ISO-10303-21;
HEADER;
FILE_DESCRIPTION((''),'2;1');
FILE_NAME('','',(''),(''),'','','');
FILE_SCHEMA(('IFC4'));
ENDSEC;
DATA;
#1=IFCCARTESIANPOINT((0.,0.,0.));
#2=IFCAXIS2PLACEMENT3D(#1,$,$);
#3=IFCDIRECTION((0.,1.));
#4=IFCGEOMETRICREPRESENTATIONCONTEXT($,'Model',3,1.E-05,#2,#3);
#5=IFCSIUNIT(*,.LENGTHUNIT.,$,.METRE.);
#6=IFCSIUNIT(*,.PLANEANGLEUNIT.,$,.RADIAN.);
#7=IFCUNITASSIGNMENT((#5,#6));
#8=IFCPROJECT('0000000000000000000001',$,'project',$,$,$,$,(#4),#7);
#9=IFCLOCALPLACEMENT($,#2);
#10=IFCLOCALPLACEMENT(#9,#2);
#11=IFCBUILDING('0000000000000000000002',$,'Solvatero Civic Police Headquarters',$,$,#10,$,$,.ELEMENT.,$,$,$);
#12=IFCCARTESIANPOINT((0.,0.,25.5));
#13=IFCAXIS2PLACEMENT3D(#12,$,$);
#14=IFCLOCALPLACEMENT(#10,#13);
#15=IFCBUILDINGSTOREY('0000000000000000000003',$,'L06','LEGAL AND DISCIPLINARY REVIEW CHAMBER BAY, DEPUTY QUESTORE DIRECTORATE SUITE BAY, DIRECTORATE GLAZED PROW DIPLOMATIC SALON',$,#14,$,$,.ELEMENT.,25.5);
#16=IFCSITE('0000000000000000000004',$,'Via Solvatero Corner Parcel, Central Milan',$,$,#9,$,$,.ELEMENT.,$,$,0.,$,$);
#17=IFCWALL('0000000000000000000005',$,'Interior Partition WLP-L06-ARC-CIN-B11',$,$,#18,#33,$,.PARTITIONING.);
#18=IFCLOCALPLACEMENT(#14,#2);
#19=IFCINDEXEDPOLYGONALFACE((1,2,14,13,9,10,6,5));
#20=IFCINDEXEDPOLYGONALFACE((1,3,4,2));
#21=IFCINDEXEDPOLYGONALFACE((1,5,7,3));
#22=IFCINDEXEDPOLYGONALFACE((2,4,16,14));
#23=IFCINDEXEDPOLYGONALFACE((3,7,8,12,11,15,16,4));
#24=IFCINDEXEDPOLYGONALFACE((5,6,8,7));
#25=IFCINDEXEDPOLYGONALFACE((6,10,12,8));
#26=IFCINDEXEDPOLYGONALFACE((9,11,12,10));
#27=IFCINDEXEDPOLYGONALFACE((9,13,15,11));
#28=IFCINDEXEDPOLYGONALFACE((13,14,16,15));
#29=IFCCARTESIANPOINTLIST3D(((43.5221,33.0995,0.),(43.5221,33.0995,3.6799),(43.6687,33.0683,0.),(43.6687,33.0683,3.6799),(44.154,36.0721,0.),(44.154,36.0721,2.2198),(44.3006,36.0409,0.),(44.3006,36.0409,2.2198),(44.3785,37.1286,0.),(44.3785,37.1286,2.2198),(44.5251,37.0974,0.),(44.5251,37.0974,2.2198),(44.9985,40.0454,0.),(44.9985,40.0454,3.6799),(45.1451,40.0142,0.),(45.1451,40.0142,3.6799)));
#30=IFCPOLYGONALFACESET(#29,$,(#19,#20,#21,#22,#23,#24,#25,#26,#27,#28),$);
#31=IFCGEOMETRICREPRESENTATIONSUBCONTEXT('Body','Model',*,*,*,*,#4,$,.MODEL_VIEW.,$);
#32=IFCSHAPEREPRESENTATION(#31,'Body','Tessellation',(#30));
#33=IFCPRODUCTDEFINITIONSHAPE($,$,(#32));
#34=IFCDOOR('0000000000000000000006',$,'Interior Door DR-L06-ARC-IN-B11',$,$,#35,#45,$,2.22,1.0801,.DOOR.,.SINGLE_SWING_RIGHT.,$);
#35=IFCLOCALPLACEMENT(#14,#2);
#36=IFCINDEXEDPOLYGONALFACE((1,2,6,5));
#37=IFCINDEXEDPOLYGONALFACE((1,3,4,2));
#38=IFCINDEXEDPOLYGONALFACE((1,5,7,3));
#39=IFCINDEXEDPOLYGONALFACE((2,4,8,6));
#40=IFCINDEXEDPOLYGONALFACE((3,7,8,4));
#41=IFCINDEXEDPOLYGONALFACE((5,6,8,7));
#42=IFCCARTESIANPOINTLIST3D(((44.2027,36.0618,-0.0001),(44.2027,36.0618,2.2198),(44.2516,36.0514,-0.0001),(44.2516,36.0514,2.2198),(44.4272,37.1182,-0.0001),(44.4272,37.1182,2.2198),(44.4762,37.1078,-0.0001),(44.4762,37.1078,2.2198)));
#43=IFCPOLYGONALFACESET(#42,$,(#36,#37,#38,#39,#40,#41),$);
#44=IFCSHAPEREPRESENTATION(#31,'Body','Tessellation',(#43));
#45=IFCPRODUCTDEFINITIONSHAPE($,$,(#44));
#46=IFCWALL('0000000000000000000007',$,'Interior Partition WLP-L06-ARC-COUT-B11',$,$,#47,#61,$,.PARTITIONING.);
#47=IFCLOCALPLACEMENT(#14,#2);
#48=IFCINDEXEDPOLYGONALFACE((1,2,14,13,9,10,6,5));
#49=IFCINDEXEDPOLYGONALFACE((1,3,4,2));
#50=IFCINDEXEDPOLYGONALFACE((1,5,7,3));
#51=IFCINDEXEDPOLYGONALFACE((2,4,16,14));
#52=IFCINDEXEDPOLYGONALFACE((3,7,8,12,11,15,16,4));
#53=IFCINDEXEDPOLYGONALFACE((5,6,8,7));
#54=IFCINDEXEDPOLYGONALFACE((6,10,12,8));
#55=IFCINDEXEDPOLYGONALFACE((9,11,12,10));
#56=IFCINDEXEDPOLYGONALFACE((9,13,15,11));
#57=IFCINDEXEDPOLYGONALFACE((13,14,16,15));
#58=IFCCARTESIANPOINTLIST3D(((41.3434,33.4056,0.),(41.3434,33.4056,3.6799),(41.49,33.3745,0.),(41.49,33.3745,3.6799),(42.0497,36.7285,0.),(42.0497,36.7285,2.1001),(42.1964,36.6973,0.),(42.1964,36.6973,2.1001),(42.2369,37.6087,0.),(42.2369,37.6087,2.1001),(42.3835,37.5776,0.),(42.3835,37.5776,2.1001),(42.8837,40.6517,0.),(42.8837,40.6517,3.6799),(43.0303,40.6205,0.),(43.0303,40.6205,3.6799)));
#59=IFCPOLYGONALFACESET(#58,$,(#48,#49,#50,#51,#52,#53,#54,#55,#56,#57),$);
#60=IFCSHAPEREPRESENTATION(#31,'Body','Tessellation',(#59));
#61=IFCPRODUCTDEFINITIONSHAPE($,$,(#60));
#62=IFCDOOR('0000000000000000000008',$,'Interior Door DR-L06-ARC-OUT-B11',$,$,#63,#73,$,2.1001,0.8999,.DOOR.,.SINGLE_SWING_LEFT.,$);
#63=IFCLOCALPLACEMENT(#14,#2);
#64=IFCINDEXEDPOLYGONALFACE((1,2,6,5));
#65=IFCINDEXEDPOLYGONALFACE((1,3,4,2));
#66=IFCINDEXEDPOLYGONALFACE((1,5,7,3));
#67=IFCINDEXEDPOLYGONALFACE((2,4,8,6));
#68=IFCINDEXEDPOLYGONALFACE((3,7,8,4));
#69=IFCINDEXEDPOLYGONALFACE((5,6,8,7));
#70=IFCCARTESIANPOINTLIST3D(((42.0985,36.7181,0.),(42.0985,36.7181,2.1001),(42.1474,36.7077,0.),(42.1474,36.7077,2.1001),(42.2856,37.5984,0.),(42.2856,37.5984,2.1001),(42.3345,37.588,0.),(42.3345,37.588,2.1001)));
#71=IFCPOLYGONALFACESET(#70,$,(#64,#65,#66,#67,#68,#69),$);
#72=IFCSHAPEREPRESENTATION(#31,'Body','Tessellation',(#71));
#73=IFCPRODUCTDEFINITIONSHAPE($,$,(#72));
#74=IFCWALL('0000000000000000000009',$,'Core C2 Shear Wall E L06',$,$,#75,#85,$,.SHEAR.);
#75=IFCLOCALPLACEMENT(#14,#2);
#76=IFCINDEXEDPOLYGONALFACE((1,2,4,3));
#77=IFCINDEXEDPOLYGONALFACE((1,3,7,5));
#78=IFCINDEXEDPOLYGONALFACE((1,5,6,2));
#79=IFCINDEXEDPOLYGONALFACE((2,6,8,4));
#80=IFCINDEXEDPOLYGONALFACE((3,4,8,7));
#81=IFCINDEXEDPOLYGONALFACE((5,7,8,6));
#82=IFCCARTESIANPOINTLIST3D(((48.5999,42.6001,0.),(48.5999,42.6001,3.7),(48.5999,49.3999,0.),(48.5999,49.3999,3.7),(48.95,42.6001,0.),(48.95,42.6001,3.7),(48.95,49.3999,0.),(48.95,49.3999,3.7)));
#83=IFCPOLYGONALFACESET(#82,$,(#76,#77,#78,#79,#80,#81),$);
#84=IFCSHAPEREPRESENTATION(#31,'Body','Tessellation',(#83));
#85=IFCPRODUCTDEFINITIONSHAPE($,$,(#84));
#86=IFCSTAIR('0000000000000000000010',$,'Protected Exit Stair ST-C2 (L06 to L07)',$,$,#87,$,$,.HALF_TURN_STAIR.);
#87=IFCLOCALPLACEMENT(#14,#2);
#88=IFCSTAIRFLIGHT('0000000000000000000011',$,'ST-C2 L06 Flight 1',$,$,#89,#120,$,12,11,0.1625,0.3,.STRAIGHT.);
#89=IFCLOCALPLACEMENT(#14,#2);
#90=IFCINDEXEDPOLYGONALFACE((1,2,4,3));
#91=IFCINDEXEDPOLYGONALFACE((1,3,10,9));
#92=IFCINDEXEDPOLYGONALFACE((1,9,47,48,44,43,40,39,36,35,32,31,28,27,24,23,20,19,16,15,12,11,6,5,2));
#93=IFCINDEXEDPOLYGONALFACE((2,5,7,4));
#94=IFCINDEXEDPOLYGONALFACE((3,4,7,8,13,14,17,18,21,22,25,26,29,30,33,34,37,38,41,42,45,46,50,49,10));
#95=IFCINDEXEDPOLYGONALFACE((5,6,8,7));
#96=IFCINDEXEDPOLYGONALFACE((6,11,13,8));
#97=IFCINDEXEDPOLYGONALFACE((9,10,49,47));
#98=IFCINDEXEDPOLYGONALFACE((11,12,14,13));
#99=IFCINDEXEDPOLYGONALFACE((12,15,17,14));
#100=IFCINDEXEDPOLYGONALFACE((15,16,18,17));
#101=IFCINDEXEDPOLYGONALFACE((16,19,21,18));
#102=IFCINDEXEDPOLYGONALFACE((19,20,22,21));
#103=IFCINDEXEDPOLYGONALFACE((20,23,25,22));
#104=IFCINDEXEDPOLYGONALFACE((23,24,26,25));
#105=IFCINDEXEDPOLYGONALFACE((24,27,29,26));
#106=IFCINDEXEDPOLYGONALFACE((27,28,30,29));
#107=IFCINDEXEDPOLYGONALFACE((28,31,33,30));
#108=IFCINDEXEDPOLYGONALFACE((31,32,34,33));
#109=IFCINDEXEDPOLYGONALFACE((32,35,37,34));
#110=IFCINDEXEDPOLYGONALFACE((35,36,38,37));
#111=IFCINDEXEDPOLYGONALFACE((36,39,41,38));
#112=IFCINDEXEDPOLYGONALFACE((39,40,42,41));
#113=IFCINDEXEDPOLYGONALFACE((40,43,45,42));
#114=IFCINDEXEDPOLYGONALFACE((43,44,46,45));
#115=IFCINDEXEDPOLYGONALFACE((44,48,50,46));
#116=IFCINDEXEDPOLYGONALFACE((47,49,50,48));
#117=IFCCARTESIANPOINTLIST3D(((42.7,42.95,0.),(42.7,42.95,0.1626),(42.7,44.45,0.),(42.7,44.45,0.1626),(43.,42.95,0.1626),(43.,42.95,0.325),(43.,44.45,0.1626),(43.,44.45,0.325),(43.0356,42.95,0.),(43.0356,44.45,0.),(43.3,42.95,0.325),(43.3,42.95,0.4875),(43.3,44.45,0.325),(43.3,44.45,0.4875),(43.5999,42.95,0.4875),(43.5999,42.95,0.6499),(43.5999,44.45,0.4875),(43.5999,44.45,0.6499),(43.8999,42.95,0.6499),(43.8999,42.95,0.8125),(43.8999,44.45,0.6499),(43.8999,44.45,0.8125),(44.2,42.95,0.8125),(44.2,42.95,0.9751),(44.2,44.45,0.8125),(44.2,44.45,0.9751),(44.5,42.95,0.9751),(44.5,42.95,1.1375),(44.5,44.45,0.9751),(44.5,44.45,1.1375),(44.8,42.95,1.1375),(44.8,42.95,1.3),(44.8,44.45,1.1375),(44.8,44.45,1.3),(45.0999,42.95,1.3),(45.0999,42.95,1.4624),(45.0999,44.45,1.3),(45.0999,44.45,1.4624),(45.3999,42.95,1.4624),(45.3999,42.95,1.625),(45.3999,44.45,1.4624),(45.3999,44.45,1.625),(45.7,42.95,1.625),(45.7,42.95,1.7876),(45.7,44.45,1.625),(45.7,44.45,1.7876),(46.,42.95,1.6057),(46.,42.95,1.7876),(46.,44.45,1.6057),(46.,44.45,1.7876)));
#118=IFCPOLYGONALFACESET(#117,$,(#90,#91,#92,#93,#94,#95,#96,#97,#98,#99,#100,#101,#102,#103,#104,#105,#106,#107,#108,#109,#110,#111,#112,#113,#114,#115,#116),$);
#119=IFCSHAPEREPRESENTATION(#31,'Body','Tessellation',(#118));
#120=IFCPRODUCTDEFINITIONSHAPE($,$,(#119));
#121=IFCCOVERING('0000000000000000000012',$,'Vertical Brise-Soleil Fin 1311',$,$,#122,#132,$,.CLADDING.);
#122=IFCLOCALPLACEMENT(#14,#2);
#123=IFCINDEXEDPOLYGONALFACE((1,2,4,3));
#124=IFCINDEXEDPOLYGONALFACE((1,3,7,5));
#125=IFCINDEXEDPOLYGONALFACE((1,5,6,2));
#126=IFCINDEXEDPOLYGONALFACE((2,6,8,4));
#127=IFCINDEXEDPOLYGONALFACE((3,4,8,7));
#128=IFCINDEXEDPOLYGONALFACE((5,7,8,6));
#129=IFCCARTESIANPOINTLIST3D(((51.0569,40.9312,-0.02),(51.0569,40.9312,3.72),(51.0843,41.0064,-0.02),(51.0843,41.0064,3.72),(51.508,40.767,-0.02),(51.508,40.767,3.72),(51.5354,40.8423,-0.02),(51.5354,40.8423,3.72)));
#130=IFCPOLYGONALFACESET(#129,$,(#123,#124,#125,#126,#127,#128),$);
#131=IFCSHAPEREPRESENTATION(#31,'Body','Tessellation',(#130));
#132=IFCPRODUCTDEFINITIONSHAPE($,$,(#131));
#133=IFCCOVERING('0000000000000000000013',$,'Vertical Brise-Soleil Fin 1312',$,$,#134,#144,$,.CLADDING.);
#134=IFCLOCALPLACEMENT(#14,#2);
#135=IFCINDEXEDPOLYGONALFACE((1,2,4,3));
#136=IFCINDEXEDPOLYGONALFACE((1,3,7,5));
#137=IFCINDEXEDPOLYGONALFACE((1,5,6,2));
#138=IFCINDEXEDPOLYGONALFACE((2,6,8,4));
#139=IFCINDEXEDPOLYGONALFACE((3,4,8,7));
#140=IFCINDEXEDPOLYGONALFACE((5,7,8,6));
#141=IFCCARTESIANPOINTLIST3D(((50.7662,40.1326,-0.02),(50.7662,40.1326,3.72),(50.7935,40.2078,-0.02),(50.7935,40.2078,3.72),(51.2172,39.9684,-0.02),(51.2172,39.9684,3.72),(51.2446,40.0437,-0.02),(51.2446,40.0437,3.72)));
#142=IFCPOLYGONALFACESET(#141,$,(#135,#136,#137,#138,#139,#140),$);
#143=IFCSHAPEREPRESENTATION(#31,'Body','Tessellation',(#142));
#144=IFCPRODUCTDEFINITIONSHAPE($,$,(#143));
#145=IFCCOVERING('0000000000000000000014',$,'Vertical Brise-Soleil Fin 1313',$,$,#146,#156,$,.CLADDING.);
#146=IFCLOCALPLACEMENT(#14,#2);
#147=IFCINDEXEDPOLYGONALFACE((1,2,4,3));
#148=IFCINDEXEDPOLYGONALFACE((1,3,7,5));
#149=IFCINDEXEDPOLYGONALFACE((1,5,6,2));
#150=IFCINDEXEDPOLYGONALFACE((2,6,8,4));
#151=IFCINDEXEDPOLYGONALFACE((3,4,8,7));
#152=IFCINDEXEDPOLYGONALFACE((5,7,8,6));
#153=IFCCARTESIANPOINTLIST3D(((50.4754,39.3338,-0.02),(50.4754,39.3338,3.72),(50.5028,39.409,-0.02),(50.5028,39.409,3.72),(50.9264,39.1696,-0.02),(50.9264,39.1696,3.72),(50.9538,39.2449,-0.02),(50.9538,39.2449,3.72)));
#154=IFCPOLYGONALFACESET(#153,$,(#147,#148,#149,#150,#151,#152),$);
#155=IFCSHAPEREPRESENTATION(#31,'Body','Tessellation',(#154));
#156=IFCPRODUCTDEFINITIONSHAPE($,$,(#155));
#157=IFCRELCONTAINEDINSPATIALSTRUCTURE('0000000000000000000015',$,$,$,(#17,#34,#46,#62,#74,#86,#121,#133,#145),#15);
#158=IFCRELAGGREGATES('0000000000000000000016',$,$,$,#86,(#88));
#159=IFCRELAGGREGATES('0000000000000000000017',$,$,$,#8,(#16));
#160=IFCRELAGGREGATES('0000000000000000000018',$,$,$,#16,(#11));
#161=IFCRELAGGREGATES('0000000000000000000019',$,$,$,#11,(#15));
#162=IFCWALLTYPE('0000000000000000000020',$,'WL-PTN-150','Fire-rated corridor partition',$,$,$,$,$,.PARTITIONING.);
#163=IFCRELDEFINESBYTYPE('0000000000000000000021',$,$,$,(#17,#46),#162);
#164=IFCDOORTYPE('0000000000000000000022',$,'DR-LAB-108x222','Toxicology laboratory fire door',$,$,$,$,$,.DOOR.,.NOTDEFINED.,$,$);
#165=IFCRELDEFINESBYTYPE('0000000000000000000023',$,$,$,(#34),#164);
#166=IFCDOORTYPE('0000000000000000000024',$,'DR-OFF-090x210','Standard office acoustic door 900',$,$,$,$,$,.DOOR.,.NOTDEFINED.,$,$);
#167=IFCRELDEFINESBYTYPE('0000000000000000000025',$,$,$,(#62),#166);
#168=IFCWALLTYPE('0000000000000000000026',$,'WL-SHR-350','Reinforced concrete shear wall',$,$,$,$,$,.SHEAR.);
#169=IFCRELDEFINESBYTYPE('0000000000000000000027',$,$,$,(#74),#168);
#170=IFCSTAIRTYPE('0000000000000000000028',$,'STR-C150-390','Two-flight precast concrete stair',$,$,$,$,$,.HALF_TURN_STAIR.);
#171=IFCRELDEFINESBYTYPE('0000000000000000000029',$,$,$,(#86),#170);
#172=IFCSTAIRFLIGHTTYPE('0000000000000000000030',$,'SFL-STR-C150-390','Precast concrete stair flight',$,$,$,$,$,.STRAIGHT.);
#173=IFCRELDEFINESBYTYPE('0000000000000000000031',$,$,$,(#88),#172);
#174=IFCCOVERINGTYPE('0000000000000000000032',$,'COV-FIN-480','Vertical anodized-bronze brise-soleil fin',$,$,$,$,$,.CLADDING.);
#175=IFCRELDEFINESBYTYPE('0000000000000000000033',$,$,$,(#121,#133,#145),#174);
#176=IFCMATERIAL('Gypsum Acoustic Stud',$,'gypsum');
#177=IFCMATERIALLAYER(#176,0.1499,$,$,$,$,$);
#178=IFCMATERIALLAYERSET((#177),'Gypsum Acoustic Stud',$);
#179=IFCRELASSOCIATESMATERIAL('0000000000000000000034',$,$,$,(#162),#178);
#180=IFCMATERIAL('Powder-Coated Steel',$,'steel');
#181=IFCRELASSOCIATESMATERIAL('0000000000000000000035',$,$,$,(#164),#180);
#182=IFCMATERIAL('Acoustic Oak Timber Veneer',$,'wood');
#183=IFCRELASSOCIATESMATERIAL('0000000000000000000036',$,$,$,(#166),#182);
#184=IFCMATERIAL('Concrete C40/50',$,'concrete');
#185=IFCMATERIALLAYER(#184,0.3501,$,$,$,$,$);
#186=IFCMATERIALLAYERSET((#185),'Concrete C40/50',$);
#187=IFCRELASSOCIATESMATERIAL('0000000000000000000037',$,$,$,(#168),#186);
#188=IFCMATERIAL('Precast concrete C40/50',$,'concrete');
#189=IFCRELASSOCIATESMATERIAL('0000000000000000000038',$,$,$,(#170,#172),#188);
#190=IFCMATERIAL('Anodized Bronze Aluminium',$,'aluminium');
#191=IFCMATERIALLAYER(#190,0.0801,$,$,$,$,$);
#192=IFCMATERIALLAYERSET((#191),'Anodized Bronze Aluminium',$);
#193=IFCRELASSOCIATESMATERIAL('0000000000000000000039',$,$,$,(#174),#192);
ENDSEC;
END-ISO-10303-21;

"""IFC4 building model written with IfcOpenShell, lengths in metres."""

from ifc_helpers import new_model, si_unit, direction, frame, frame_2d, origin, origin_2d, place, context, subcontext, project, spatial, polyline, rectangle, outline, extrude, material, layer, layer_set, type_object, element, fill, aggregate, save


model = new_model("IFC4")

# Units and contexts
model_context = context("Model", 3, precision=1e-05, world=origin(), true_north=direction((0.0, 1.0)))
body_context = subcontext(model_context, "Body", "Model", "MODEL_VIEW")
ifc_project = project(units=[si_unit("LENGTHUNIT", "METRE"), si_unit("PLANEANGLEUNIT", "RADIAN")], contexts=[model_context])

# Site, building, storey
site_placement = place(None, origin())
site = spatial("IfcSite", under=ifc_project, at=site_placement, Name="Via Solvatero Corner Parcel, Central Milan", CompositionType="ELEMENT", RefElevation=0.0)
building_placement = place(site_placement, origin())
building = spatial("IfcBuilding", under=site, at=building_placement, Name="Solvatero Civic Police Headquarters", CompositionType="ELEMENT")
storey_placement = place(building_placement, frame((0.0, 0.0, 25.5)))
storey = spatial("IfcBuildingStorey", under=building, at=storey_placement, Name="L06", Description="LEGAL AND DISCIPLINARY REVIEW CHAMBER BAY, DEPUTY QUESTORE DIRECTORATE SUITE BAY, DIRECTORATE GLAZED PROW DIPLOMATIC SALON", CompositionType="ELEMENT", Elevation=25.5)

# Shared definitions
ifc_material_1 = material(Name="Anodized Bronze Aluminium", Category="aluminium")

# Walls, openings, doors
ifc_material_2 = material(Name="Powder-Coated Steel", Category="steel")
ifc_material_3 = material(Name="Gypsum Acoustic Stud", Category="gypsum")
ifc_layer_1 = layer(ifc_material_3, 0.1499)
ifc_layer_set_1 = layer_set([ifc_layer_1], Name="Gypsum Acoustic Stud")
wall_type_1 = type_object("IfcWallType", Name="WL-PTN-150", Description="Fire-rated corridor partition", PredefinedType="PARTITIONING", material=ifc_layer_set_1)
wall_1_placement = place(storey_placement, frame((45.0718, 40.0298, 0.0), z_axis=(0.0, 0.0, 1.0), x_axis=(-0.207904, -0.978149, 0.0)))
wall_1 = element("IfcWall", 1, at=wall_1_placement, inside=storey, type_object=wall_type_1, Name="Interior Partition WLP-L06-ARC-CIN-B11", PredefinedType="PARTITIONING", context=body_context, shape_type="SweptSolid", body=[
    extrude(rectangle(XDim=7.1011, YDim=0.1499, at=frame_2d((3.5505, 0.0))), origin(), (0.0, 0.0, 1.0), 3.6799),
])
opening_1_placement = place(wall_1_placement, frame((2.9819, 0.0, 0.0)))
opening_1 = element("IfcOpeningElement", 2, at=opening_1_placement, cuts=wall_1, PredefinedType="OPENING", context=body_context, shape_type="SweptSolid", body=[
    extrude(rectangle(XDim=1.0801, YDim=2.22, at=frame_2d((0.54, 1.1099))), frame((0.0, 0.085, 0.0), z_axis=(0.0, -1.0, 0.0), x_axis=(1.0, 0.0, 0.0)), (0.0, 0.0, 1.0), 0.1699),
])
door_type_1 = type_object("IfcDoorType", Name="DR-LAB-108x222", Description="Toxicology laboratory fire door", OperationType="NOTDEFINED", PredefinedType="DOOR", material=ifc_material_2)
door_1_placement = place(opening_1_placement, origin())
door_1 = element("IfcDoor", 3, at=door_1_placement, inside=storey, type_object=door_type_1, Name="Interior Door DR-L06-ARC-IN-B11", OperationType="SINGLE_SWING_RIGHT", OverallHeight=2.22, OverallWidth=1.0801, PredefinedType="DOOR", context=body_context, shape_type="SweptSolid", body=[
    extrude(rectangle(XDim=1.0801, YDim=2.22, at=frame_2d((0.54, 1.1099))), frame((0.0, 0.0249, 0.0), z_axis=(0.0, -1.0, 0.0), x_axis=(1.0, 0.0, 0.0)), (0.0, 0.0, 1.0), 0.05),
])
fill(opening_1, door_1)
wall_2_placement = place(storey_placement, frame((42.957, 40.6362, 0.0), z_axis=(0.0, 0.0, 1.0), x_axis=(-0.207922, -0.978145, 0.0)))
wall_2 = element("IfcWall", 4, at=wall_2_placement, inside=storey, type_object=wall_type_1, Name="Interior Partition WLP-L06-ARC-COUT-B11", PredefinedType="PARTITIONING", context=body_context, shape_type="SweptSolid", body=[
    extrude(rectangle(XDim=7.408, YDim=0.1499, at=frame_2d((3.7041, 0.0))), origin(), (0.0, 0.0, 1.0), 3.6799),
])
opening_2_placement = place(wall_2_placement, frame((3.1111, 0.0, 0.0)))
opening_2 = element("IfcOpeningElement", 5, at=opening_2_placement, cuts=wall_2, PredefinedType="OPENING", context=body_context, shape_type="SweptSolid", body=[
    extrude(rectangle(XDim=0.8999, YDim=2.1001, at=frame_2d((0.45, 1.05))), frame((0.0, 0.085, 0.0), z_axis=(0.0, -1.0, 0.0), x_axis=(1.0, 0.0, 0.0)), (0.0, 0.0, 1.0), 0.1699),
])
ifc_material_4 = material(Name="Acoustic Oak Timber Veneer", Category="wood")
door_type_2 = type_object("IfcDoorType", Name="DR-OFF-090x210", Description="Standard office acoustic door 900", OperationType="NOTDEFINED", PredefinedType="DOOR", material=ifc_material_4)
door_2_placement = place(opening_2_placement, origin())
door_2 = element("IfcDoor", 6, at=door_2_placement, inside=storey, type_object=door_type_2, Name="Interior Door DR-L06-ARC-OUT-B11", OperationType="SINGLE_SWING_LEFT", OverallHeight=2.1001, OverallWidth=0.8999, PredefinedType="DOOR", context=body_context, shape_type="SweptSolid", body=[
    extrude(rectangle(XDim=0.8999, YDim=2.1001, at=frame_2d((0.45, 1.05))), frame((0.0, 0.0249, 0.0), z_axis=(0.0, -1.0, 0.0), x_axis=(1.0, 0.0, 0.0)), (0.0, 0.0, 1.0), 0.05),
])
fill(opening_2, door_2)

# Wall
ifc_material_5 = material(Name="Concrete C40/50", Category="concrete")
ifc_layer_2 = layer(ifc_material_5, 0.3501)
ifc_layer_set_2 = layer_set([ifc_layer_2], Name="Concrete C40/50")
wall_type_2 = type_object("IfcWallType", Name="WL-SHR-350", Description="Reinforced concrete shear wall", PredefinedType="SHEAR", material=ifc_layer_set_2)
wall_3_placement = place(storey_placement, frame((48.7749, 42.6001, 0.0), z_axis=(0.0, 0.0, 1.0), x_axis=(0.0, 1.0, 0.0)))
element("IfcWall", 7, at=wall_3_placement, inside=storey, type_object=wall_type_2, Name="Core C2 Shear Wall E L06", PredefinedType="SHEAR", context=body_context, shape_type="SweptSolid", body=[
    extrude(rectangle(XDim=6.7998, YDim=0.3501, at=frame_2d((3.3999, 0.0))), origin(), (0.0, 0.0, 1.0), 3.7),
])

# Stair, stair flight
ifc_material_6 = material(Name="Precast concrete C40/50", Category="concrete")
stair_type = type_object("IfcStairType", Name="STR-C150-390", Description="Two-flight precast concrete stair", PredefinedType="HALF_TURN_STAIR", material=ifc_material_6)
stair_placement = place(storey_placement, origin())
stair = element("IfcStair", 8, at=stair_placement, inside=storey, type_object=stair_type, Name="Protected Exit Stair ST-C2 (L06 to L07)", PredefinedType="HALF_TURN_STAIR")
stair_flight_type = type_object("IfcStairFlightType", Name="SFL-STR-C150-390", Description="Precast concrete stair flight", PredefinedType="STRAIGHT", material=ifc_material_6)
stair_flight_placement = place(storey_placement, frame((42.7, 43.7, 0.0), z_axis=(0.0, 0.0, 1.0), x_axis=(1.0, 0.0, 0.0)))
stair_flight = element("IfcStairFlight", 9, at=stair_flight_placement, type_object=stair_flight_type, Name="ST-C2 L06 Flight 1", NumberOfRisers=12, NumberOfTreads=11, PredefinedType="STRAIGHT", RiserHeight=0.1625, TreadLength=0.3, context=body_context, shape_type="SweptSolid", body=[
    extrude(outline(polyline([(0.0, 0.0), (0.0, 0.1626), (0.3, 0.1626), (0.3, 0.325), (0.6001, 0.325), (0.6001, 0.4875), (0.8999, 0.4875), (0.8999, 0.6499), (1.2, 0.6499), (1.2, 0.8125), (1.5, 0.8125), (1.5, 0.9751), (1.8, 0.9751), (1.8, 1.1375), (2.1001, 1.1375), (2.1001, 1.3), (2.3999, 1.3), (2.3999, 1.4624), (2.7, 1.4624), (2.7, 1.625), (3.0, 1.625), (3.0, 1.7876), (3.3, 1.7876), (3.3, 1.95), (3.3, 1.6057), (0.3357, 0.0), (0.0, 0.0)])), frame((0.0, 0.75, 0.0), z_axis=(0.0, -1.0, 0.0), x_axis=(1.0, 0.0, 0.0)), (0.0, 0.0, 1.0), 1.5),
])
aggregate(stair, [stair_flight])

# Coverings
ifc_layer_3 = layer(ifc_material_1, 0.0801)
ifc_layer_set_3 = layer_set([ifc_layer_3], Name="Anodized Bronze Aluminium")
covering_type = type_object("IfcCoveringType", Name="COV-FIN-480", Description="Vertical anodized-bronze brise-soleil fin", PredefinedType="CLADDING", material=ifc_layer_set_3)
for number, where, z_axis, x_axis, name in (
    (10, (51.2961, 40.8867, -0.02), (0.0, 0.0, 1.0), (-0.342004, -0.939699, 0.0), "Vertical Brise-Soleil Fin 1311"),
    (11, (51.0054, 40.0881, -0.02), (0.0, 0.0, 1.0), (-0.342004, -0.939699, 0.0), "Vertical Brise-Soleil Fin 1312"),
    (12, (50.7146, 39.2893, -0.02), (0.0, 0.0, 1.0), (-0.342004, -0.939699, 0.0), "Vertical Brise-Soleil Fin 1313"),
):
    element("IfcCovering", number, at=place(storey_placement, frame(where, z_axis=z_axis, x_axis=x_axis)), inside=storey, type_object=covering_type, Name=name, PredefinedType="CLADDING", context=body_context, shape_type="SweptSolid", body=[
        extrude(rectangle(XDim=0.0801, YDim=0.48, at=origin_2d()), origin(), (0.0, 0.0, 1.0), 3.74),
    ])

save(model, "model.ifc")
